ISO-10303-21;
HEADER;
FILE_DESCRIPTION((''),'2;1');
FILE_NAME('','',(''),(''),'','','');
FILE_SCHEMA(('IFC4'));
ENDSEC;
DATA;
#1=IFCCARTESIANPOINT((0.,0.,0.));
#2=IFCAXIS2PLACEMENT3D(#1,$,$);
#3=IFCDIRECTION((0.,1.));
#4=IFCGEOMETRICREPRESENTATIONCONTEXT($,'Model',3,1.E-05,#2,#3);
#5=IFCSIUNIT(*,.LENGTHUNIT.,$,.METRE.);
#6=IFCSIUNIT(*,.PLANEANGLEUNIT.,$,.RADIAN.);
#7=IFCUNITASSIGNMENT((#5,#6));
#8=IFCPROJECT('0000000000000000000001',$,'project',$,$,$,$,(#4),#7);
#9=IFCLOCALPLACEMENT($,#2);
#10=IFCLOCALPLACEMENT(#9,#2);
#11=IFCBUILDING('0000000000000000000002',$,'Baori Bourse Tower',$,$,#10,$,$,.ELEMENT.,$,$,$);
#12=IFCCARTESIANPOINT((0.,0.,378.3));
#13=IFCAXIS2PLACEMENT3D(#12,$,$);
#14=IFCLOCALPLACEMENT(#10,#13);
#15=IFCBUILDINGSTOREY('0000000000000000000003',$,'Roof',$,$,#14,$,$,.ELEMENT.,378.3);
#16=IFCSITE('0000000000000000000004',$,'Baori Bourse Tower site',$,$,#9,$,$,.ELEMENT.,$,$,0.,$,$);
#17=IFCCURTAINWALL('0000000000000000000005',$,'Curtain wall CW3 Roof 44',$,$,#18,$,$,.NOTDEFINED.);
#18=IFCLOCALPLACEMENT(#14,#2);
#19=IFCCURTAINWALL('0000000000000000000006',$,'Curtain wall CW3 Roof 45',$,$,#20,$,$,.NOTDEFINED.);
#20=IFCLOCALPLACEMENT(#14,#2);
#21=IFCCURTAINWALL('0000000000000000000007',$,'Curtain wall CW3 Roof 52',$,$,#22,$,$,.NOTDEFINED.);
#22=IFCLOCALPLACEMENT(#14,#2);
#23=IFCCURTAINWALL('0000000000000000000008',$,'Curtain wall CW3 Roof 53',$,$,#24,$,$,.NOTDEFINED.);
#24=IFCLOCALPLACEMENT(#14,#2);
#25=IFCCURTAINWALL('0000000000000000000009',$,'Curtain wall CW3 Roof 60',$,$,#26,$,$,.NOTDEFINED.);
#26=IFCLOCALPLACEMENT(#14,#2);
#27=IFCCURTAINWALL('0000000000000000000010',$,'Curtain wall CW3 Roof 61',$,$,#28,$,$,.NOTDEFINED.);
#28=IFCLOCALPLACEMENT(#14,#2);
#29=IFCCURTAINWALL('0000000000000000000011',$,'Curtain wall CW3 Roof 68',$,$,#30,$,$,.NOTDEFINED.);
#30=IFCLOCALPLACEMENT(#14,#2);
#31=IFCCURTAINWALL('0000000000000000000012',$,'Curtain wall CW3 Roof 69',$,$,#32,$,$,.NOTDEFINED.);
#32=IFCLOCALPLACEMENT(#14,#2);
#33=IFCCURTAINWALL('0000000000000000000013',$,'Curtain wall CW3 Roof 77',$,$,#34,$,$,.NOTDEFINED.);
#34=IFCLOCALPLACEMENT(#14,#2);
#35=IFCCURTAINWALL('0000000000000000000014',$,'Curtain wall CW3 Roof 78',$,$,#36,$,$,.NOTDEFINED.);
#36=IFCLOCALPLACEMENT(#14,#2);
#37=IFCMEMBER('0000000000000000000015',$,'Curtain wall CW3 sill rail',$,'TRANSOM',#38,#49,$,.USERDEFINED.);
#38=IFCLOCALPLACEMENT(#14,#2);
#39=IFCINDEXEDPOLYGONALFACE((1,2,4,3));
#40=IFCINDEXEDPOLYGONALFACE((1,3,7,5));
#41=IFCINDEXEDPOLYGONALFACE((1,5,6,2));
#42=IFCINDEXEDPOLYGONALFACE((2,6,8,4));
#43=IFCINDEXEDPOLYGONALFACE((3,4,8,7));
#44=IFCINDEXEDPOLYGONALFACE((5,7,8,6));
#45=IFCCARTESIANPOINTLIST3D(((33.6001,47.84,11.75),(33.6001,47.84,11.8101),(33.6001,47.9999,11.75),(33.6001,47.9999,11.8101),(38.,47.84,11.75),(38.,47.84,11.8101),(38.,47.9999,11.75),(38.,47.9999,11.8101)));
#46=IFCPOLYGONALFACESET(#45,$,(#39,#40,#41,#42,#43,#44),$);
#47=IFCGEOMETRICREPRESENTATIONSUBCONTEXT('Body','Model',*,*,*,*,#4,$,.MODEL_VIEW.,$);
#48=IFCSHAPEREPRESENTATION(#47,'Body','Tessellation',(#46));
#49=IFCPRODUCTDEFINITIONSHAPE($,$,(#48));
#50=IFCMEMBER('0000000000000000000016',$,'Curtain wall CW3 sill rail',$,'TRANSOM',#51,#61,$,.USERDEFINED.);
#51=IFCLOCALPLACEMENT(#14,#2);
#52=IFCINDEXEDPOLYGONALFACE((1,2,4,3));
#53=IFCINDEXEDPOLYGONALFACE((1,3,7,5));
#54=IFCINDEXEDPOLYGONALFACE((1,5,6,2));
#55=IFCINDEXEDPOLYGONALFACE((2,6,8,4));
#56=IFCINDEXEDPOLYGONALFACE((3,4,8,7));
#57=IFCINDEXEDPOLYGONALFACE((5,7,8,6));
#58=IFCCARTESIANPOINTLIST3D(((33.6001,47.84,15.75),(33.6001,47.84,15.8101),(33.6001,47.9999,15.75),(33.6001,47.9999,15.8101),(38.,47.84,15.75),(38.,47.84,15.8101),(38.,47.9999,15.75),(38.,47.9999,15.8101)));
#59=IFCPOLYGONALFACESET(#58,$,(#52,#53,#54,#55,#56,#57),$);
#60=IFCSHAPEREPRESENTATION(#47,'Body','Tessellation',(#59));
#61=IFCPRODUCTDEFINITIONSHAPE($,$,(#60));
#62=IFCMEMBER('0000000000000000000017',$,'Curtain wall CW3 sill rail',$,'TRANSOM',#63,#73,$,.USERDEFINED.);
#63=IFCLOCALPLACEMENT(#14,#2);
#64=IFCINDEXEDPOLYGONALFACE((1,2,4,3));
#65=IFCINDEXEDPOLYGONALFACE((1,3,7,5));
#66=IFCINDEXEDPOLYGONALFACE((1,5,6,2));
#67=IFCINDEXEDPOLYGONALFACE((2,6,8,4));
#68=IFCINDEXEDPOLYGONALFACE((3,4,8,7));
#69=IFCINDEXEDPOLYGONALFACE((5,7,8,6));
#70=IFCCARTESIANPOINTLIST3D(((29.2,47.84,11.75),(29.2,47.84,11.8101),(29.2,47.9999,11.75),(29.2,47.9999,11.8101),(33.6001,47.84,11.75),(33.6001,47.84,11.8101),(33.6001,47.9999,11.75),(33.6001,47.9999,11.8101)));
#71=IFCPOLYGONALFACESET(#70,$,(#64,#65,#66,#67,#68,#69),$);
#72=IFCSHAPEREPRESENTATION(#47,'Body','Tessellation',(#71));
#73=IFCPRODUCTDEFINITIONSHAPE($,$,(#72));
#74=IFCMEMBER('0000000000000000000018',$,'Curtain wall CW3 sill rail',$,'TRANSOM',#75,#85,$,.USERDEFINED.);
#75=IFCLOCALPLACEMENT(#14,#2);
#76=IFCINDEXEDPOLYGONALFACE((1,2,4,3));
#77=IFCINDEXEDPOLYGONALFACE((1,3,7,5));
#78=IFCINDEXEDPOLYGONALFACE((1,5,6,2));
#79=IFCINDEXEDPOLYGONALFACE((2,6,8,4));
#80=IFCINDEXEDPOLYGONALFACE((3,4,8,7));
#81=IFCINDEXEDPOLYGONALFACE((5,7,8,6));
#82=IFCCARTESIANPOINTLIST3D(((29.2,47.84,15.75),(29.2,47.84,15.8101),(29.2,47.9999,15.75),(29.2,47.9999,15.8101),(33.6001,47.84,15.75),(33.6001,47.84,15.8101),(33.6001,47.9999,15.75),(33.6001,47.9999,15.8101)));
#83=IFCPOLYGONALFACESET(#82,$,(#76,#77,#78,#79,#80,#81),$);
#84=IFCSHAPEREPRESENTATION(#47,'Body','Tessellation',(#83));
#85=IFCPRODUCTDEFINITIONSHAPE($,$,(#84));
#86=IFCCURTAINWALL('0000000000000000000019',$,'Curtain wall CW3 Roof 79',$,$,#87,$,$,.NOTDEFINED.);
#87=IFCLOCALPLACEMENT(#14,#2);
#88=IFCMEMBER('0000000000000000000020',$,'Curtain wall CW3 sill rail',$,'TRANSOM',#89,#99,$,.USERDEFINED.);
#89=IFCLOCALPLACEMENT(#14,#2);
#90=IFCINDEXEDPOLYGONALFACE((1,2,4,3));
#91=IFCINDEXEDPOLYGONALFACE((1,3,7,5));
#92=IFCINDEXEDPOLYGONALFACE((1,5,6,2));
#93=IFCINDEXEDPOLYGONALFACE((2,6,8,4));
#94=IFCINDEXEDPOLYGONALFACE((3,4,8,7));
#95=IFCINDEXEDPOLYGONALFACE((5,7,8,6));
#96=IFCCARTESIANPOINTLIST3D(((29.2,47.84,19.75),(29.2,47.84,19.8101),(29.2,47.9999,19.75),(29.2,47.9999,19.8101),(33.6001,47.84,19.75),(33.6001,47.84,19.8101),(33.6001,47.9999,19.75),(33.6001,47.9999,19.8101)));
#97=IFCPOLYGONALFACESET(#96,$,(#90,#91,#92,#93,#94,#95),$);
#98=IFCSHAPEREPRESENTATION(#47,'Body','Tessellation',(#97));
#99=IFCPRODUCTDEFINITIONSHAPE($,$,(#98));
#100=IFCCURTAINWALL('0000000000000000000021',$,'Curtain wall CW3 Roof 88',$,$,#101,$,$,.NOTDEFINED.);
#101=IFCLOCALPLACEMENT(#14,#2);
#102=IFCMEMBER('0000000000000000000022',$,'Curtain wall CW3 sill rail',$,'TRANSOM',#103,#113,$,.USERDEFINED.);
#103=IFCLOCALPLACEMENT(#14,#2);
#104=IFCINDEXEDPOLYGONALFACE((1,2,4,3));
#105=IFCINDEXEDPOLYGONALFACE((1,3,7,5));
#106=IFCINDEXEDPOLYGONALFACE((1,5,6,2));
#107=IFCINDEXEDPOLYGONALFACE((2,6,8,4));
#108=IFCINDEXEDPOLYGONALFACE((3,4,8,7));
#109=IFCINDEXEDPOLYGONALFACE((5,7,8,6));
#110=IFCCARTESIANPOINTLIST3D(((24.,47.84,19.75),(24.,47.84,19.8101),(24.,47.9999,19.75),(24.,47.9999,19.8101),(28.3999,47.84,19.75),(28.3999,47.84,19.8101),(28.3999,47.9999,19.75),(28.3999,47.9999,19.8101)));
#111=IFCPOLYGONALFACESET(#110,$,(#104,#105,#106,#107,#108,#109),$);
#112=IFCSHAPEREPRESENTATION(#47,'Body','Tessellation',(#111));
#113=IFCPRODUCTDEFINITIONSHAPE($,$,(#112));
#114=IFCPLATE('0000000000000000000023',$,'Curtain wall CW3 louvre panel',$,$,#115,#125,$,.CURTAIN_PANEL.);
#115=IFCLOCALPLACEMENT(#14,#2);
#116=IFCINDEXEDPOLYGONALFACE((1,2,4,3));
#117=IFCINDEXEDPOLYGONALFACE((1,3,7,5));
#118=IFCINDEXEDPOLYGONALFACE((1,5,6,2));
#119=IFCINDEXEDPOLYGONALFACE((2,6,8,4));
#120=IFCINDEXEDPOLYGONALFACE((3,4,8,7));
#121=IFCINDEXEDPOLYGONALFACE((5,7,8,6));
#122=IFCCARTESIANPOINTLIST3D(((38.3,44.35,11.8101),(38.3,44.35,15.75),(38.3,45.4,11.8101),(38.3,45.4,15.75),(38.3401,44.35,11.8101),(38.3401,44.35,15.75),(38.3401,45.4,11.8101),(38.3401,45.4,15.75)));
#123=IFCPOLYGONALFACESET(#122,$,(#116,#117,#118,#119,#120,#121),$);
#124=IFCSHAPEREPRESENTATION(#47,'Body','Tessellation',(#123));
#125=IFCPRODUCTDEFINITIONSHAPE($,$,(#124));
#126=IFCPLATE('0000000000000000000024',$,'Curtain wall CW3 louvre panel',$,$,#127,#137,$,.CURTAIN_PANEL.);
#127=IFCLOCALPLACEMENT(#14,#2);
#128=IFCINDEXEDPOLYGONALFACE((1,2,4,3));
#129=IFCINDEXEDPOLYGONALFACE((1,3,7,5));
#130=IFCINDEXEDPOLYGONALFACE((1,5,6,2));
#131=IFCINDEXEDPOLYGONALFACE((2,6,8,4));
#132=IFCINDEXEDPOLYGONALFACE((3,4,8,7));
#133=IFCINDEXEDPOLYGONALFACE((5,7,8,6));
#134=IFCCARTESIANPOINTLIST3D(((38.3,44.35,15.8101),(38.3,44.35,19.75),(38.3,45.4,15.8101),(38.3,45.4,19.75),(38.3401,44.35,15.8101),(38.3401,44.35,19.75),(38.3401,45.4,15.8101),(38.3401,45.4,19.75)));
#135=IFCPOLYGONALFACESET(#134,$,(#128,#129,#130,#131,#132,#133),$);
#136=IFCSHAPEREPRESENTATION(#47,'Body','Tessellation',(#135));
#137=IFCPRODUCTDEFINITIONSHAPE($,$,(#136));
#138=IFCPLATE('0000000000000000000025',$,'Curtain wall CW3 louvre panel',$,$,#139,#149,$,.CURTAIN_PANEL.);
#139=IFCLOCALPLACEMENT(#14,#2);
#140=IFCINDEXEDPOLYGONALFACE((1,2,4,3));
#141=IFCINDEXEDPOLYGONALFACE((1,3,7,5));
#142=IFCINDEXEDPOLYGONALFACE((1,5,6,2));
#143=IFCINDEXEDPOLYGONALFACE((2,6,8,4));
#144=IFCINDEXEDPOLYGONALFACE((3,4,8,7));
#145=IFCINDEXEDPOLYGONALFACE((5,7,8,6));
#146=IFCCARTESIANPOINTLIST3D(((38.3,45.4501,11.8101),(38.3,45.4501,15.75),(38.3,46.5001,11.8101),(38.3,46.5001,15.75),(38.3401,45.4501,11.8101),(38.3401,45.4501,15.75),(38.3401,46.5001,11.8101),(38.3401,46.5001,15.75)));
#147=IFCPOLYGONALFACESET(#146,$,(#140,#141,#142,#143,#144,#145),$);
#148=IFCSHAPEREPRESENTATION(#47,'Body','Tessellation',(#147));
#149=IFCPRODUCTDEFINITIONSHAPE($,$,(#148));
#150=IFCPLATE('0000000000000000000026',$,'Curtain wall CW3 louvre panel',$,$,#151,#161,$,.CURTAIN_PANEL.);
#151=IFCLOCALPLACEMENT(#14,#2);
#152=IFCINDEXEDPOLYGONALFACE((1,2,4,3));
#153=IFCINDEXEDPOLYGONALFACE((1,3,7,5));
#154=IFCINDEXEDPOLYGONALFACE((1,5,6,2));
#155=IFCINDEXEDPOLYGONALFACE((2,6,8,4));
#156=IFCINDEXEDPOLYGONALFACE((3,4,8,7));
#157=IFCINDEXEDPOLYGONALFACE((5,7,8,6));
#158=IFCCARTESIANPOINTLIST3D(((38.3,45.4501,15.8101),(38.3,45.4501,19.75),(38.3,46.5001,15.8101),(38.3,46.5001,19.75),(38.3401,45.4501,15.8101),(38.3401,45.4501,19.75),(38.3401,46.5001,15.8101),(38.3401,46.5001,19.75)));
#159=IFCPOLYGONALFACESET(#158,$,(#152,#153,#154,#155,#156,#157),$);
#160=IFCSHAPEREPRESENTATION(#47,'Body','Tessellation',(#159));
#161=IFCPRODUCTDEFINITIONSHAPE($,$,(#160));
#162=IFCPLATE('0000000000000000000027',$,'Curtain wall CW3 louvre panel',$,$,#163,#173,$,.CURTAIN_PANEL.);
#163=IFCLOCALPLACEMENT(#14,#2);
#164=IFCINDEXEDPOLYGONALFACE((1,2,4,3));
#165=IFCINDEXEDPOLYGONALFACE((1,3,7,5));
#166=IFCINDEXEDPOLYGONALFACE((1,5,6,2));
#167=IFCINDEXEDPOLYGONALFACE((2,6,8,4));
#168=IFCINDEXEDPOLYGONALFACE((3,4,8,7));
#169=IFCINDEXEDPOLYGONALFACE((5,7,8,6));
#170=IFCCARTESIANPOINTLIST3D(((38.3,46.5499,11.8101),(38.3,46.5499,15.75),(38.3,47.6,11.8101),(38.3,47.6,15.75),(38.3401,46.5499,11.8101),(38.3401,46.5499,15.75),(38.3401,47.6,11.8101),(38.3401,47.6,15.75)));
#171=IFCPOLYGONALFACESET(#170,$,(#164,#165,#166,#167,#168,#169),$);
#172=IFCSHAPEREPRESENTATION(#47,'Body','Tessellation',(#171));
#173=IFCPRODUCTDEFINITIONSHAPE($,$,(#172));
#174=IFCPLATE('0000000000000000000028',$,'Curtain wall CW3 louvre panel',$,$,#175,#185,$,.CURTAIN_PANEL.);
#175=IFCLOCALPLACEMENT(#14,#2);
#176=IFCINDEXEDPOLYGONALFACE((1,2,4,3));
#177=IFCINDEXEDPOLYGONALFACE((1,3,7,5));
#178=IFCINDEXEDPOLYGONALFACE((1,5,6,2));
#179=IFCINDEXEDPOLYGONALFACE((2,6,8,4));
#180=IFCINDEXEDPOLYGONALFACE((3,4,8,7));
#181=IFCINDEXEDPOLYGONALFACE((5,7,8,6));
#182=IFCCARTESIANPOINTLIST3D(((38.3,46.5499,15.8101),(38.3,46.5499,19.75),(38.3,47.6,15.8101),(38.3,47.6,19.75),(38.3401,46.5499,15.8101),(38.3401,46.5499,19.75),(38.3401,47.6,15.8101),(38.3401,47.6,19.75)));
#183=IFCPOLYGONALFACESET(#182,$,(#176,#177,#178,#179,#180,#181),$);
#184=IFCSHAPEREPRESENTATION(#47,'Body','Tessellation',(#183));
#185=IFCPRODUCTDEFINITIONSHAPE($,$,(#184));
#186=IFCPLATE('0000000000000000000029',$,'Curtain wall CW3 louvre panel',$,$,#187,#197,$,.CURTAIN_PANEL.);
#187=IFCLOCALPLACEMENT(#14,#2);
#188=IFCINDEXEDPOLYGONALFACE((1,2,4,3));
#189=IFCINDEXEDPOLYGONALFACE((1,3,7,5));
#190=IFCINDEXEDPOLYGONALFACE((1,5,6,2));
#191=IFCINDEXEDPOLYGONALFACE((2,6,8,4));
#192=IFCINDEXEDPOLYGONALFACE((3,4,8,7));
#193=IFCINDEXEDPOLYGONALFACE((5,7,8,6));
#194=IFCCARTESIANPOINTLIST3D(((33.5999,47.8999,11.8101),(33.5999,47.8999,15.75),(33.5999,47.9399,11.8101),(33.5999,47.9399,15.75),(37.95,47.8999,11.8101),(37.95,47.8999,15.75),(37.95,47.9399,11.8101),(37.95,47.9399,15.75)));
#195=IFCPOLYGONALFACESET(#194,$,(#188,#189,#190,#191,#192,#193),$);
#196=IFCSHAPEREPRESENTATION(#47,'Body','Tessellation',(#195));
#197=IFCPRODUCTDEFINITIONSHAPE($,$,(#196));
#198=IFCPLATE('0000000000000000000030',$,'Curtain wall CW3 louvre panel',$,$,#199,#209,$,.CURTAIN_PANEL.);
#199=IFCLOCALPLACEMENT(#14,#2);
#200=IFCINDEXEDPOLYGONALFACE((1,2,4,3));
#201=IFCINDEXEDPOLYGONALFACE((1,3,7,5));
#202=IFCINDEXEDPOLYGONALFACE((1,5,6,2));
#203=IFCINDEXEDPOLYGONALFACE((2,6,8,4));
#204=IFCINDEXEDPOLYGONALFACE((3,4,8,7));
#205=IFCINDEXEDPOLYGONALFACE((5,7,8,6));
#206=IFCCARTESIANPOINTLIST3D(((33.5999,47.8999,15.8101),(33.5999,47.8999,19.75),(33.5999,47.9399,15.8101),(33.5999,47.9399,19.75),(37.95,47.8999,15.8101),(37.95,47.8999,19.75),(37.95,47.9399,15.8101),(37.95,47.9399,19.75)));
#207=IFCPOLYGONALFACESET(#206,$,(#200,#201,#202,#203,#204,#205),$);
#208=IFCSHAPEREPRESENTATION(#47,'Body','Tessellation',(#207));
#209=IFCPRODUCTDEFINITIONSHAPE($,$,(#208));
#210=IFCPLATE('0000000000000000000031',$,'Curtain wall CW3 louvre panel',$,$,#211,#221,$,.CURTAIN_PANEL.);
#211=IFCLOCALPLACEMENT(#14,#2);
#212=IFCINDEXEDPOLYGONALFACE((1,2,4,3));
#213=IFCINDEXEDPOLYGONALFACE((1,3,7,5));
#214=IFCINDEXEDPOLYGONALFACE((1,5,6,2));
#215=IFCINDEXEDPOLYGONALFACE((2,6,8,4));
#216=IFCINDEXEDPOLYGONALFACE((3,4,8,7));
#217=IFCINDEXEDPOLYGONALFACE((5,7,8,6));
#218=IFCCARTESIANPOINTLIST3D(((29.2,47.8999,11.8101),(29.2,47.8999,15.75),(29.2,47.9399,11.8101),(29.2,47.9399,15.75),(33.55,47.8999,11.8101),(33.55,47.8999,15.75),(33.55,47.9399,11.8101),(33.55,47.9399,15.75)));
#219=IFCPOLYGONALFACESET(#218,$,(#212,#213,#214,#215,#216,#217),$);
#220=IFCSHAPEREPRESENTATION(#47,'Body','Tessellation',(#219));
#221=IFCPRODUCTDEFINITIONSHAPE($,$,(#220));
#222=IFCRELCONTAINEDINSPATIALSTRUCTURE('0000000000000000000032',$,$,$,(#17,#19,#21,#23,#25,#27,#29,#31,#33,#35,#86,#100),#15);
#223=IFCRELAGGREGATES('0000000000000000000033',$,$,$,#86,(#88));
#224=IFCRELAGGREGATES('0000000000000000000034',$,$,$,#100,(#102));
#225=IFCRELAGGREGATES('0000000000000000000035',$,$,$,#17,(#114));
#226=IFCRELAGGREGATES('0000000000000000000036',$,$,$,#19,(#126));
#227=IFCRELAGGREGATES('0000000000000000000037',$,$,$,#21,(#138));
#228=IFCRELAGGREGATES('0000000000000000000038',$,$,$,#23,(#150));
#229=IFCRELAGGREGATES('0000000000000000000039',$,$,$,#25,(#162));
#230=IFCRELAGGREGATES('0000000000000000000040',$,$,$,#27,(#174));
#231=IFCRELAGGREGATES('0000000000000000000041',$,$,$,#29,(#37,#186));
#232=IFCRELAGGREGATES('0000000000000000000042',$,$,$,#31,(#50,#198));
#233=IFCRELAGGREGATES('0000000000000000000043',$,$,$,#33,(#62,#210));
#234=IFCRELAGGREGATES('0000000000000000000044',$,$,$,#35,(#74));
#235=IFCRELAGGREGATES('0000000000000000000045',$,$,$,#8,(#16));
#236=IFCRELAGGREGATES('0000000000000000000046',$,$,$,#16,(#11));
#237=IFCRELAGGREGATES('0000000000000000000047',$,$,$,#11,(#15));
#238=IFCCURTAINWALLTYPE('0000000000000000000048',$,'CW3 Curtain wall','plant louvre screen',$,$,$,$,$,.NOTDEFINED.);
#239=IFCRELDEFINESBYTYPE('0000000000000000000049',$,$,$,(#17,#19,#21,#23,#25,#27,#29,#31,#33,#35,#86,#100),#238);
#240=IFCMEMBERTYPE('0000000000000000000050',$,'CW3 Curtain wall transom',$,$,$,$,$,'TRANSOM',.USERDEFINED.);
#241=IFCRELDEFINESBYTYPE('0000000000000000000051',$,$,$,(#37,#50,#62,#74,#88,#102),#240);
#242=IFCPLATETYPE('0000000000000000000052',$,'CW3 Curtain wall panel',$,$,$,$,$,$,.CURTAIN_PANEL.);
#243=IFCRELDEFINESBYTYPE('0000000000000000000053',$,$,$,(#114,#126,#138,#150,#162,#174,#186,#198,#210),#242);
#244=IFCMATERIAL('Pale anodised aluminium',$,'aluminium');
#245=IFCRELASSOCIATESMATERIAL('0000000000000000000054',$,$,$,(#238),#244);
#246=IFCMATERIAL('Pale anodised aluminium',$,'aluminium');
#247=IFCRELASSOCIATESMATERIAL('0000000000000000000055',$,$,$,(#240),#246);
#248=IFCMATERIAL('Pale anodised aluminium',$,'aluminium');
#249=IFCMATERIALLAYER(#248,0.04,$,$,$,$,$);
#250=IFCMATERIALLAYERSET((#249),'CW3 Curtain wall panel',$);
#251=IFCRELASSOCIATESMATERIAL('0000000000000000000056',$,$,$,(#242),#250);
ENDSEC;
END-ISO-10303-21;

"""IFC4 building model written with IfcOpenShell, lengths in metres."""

from ifc_helpers import new_model, si_unit, direction, frame, origin, origin_2d, place, context, subcontext, project, spatial, rectangle, extrude, material, layer, layer_set, material_profile, profile_set, type_object, element, aggregate, save


model = new_model("IFC4")

# Units and contexts
model_context = context("Model", 3, precision=1e-05, world=origin(), true_north=direction((0.0, 1.0)))
body_context = subcontext(model_context, "Body", "Model", "MODEL_VIEW")
ifc_project = project(units=[si_unit("LENGTHUNIT", "METRE"), si_unit("PLANEANGLEUNIT", "RADIAN")], contexts=[model_context])

# Site, building, storey
site_placement = place(None, origin())
site = spatial("IfcSite", under=ifc_project, at=site_placement, Name="Baori Bourse Tower site", CompositionType="ELEMENT", RefElevation=0.0)
building_placement = place(site_placement, origin())
building = spatial("IfcBuilding", under=site, at=building_placement, Name="Baori Bourse Tower", CompositionType="ELEMENT")
storey_placement = place(building_placement, frame((0.0, 0.0, 378.3)))
storey = spatial("IfcBuildingStorey", under=building, at=storey_placement, Name="Roof", CompositionType="ELEMENT", Elevation=378.3)

# Curtain walls
ifc_material_1 = material(Name="Pale anodised aluminium", Category="aluminium")
curtain_wall_type = type_object("IfcCurtainWallType", Name="CW3 Curtain wall", Description="plant louvre screen", PredefinedType="NOTDEFINED", material=ifc_material_1)
curtain_wall_1_placement = place(storey_placement, origin())
curtain_wall_1 = element("IfcCurtainWall", 1, at=curtain_wall_1_placement, inside=storey, type_object=curtain_wall_type, Name="Curtain wall CW3 Roof 44", PredefinedType="NOTDEFINED")
curtain_wall_2_placement = place(storey_placement, origin())
curtain_wall_2 = element("IfcCurtainWall", 2, at=curtain_wall_2_placement, inside=storey, type_object=curtain_wall_type, Name="Curtain wall CW3 Roof 45", PredefinedType="NOTDEFINED")
curtain_wall_3_placement = place(storey_placement, origin())
curtain_wall_3 = element("IfcCurtainWall", 3, at=curtain_wall_3_placement, inside=storey, type_object=curtain_wall_type, Name="Curtain wall CW3 Roof 52", PredefinedType="NOTDEFINED")
curtain_wall_4_placement = place(storey_placement, origin())
curtain_wall_4 = element("IfcCurtainWall", 4, at=curtain_wall_4_placement, inside=storey, type_object=curtain_wall_type, Name="Curtain wall CW3 Roof 53", PredefinedType="NOTDEFINED")
curtain_wall_5_placement = place(storey_placement, origin())
curtain_wall_5 = element("IfcCurtainWall", 5, at=curtain_wall_5_placement, inside=storey, type_object=curtain_wall_type, Name="Curtain wall CW3 Roof 60", PredefinedType="NOTDEFINED")
curtain_wall_6_placement = place(storey_placement, origin())
curtain_wall_6 = element("IfcCurtainWall", 6, at=curtain_wall_6_placement, inside=storey, type_object=curtain_wall_type, Name="Curtain wall CW3 Roof 61", PredefinedType="NOTDEFINED")
curtain_wall_7_placement = place(storey_placement, origin())
curtain_wall_7 = element("IfcCurtainWall", 7, at=curtain_wall_7_placement, inside=storey, type_object=curtain_wall_type, Name="Curtain wall CW3 Roof 68", PredefinedType="NOTDEFINED")
curtain_wall_8_placement = place(storey_placement, origin())
curtain_wall_8 = element("IfcCurtainWall", 8, at=curtain_wall_8_placement, inside=storey, type_object=curtain_wall_type, Name="Curtain wall CW3 Roof 69", PredefinedType="NOTDEFINED")
curtain_wall_9_placement = place(storey_placement, origin())
curtain_wall_9 = element("IfcCurtainWall", 9, at=curtain_wall_9_placement, inside=storey, type_object=curtain_wall_type, Name="Curtain wall CW3 Roof 77", PredefinedType="NOTDEFINED")
curtain_wall_10_placement = place(storey_placement, origin())
curtain_wall_10 = element("IfcCurtainWall", 10, at=curtain_wall_10_placement, inside=storey, type_object=curtain_wall_type, Name="Curtain wall CW3 Roof 78", PredefinedType="NOTDEFINED")

# Members
ifc_material_2 = material(Name="Pale anodised aluminium", Category="aluminium")
ifc_material_profile_1 = material_profile(ifc_material_2, rectangle(XDim=0.1599, YDim=0.0601, at=origin_2d()), Name="Transom 60x160")
ifc_profile_set_1 = profile_set([ifc_material_profile_1], Name="Pale anodised aluminium")
member_type_1 = type_object("IfcMemberType", Name="CW3 Curtain wall transom", ElementType="TRANSOM", PredefinedType="USERDEFINED", material=ifc_profile_set_1)
member_1_placement = place(storey_placement, frame((38.0, 47.9199, 11.78), z_axis=(-1.0, 0.0, 0.0), x_axis=(0.0, -1.0, 0.0)))
member_1 = element("IfcMember", 11, at=member_1_placement, type_object=member_type_1, Name="Curtain wall CW3 sill rail", ObjectType="TRANSOM", PredefinedType="USERDEFINED", context=body_context, shape_type="SweptSolid", body=[
    extrude(rectangle(XDim=0.1599, YDim=0.0601, at=origin_2d()), origin(), (0.0, 0.0, 1.0), 4.3999),
])
member_2_placement = place(storey_placement, frame((38.0, 47.9199, 15.78), z_axis=(-1.0, 0.0, 0.0), x_axis=(0.0, -1.0, 0.0)))
member_2 = element("IfcMember", 12, at=member_2_placement, type_object=member_type_1, Name="Curtain wall CW3 sill rail", ObjectType="TRANSOM", PredefinedType="USERDEFINED", context=body_context, shape_type="SweptSolid", body=[
    extrude(rectangle(XDim=0.1599, YDim=0.0601, at=origin_2d()), origin(), (0.0, 0.0, 1.0), 4.3999),
])
member_3_placement = place(storey_placement, frame((33.6001, 47.9199, 11.78), z_axis=(-1.0, 0.0, 0.0), x_axis=(0.0, -1.0, 0.0)))
member_3 = element("IfcMember", 13, at=member_3_placement, type_object=member_type_1, Name="Curtain wall CW3 sill rail", ObjectType="TRANSOM", PredefinedType="USERDEFINED", context=body_context, shape_type="SweptSolid", body=[
    extrude(rectangle(XDim=0.1599, YDim=0.0601, at=origin_2d()), origin(), (0.0, 0.0, 1.0), 4.4001),
])
member_4_placement = place(storey_placement, frame((33.6001, 47.9199, 15.78), z_axis=(-1.0, 0.0, 0.0), x_axis=(0.0, -1.0, 0.0)))
member_4 = element("IfcMember", 14, at=member_4_placement, type_object=member_type_1, Name="Curtain wall CW3 sill rail", ObjectType="TRANSOM", PredefinedType="USERDEFINED", context=body_context, shape_type="SweptSolid", body=[
    extrude(rectangle(XDim=0.1599, YDim=0.0601, at=origin_2d()), origin(), (0.0, 0.0, 1.0), 4.4001),
])

# Curtain walls, members
curtain_wall_11_placement = place(storey_placement, origin())
curtain_wall_11 = element("IfcCurtainWall", 15, at=curtain_wall_11_placement, inside=storey, type_object=curtain_wall_type, Name="Curtain wall CW3 Roof 79", PredefinedType="NOTDEFINED")
member_5_placement = place(storey_placement, frame((33.6001, 47.9199, 19.78), z_axis=(-1.0, 0.0, 0.0), x_axis=(0.0, -1.0, 0.0)))
member_5 = element("IfcMember", 16, at=member_5_placement, type_object=member_type_1, Name="Curtain wall CW3 sill rail", ObjectType="TRANSOM", PredefinedType="USERDEFINED", context=body_context, shape_type="SweptSolid", body=[
    extrude(rectangle(XDim=0.1599, YDim=0.0601, at=origin_2d()), origin(), (0.0, 0.0, 1.0), 4.4001),
])
aggregate(curtain_wall_11, [member_5])
curtain_wall_12_placement = place(storey_placement, origin())
curtain_wall_12 = element("IfcCurtainWall", 17, at=curtain_wall_12_placement, inside=storey, type_object=curtain_wall_type, Name="Curtain wall CW3 Roof 88", PredefinedType="NOTDEFINED")
member_6_placement = place(storey_placement, frame((28.3999, 47.9199, 19.78), z_axis=(-1.0, 0.0, 0.0), x_axis=(0.0, -1.0, 0.0)))
member_6 = element("IfcMember", 18, at=member_6_placement, type_object=member_type_1, Name="Curtain wall CW3 sill rail", ObjectType="TRANSOM", PredefinedType="USERDEFINED", context=body_context, shape_type="SweptSolid", body=[
    extrude(rectangle(XDim=0.1599, YDim=0.0601, at=origin_2d()), origin(), (0.0, 0.0, 1.0), 4.3999),
])
aggregate(curtain_wall_12, [member_6])

# Plates
ifc_material_3 = material(Name="Pale anodised aluminium", Category="aluminium")
ifc_layer = layer(ifc_material_3, 0.04)
ifc_layer_set = layer_set([ifc_layer], Name="CW3 Curtain wall panel")
plate_type = type_object("IfcPlateType", Name="CW3 Curtain wall panel", PredefinedType="CURTAIN_PANEL", material=ifc_layer_set)
plate_1_placement = place(storey_placement, frame((38.3201, 44.875, 11.8101), z_axis=(0.0, 0.0, 1.0), x_axis=(0.0, 1.0, 0.0)))
plate_1 = element("IfcPlate", 19, at=plate_1_placement, type_object=plate_type, Name="Curtain wall CW3 louvre panel", PredefinedType="CURTAIN_PANEL", context=body_context, shape_type="SweptSolid", body=[
    extrude(rectangle(XDim=1.05, YDim=0.04, at=origin_2d()), origin(), (0.0, 0.0, 1.0), 3.9399),
])
aggregate(curtain_wall_1, [plate_1])
plate_2_placement = place(storey_placement, frame((38.3201, 44.875, 15.8101), z_axis=(0.0, 0.0, 1.0), x_axis=(0.0, 1.0, 0.0)))
plate_2 = element("IfcPlate", 20, at=plate_2_placement, type_object=plate_type, Name="Curtain wall CW3 louvre panel", PredefinedType="CURTAIN_PANEL", context=body_context, shape_type="SweptSolid", body=[
    extrude(rectangle(XDim=1.05, YDim=0.04, at=origin_2d()), origin(), (0.0, 0.0, 1.0), 3.9399),
])
aggregate(curtain_wall_2, [plate_2])
plate_3_placement = place(storey_placement, frame((38.3201, 45.9751, 11.8101), z_axis=(0.0, 0.0, 1.0), x_axis=(0.0, 1.0, 0.0)))
plate_3 = element("IfcPlate", 21, at=plate_3_placement, type_object=plate_type, Name="Curtain wall CW3 louvre panel", PredefinedType="CURTAIN_PANEL", context=body_context, shape_type="SweptSolid", body=[
    extrude(rectangle(XDim=1.05, YDim=0.04, at=origin_2d()), origin(), (0.0, 0.0, 1.0), 3.9399),
])
aggregate(curtain_wall_3, [plate_3])
plate_4_placement = place(storey_placement, frame((38.3201, 45.9751, 15.8101), z_axis=(0.0, 0.0, 1.0), x_axis=(0.0, 1.0, 0.0)))
plate_4 = element("IfcPlate", 22, at=plate_4_placement, type_object=plate_type, Name="Curtain wall CW3 louvre panel", PredefinedType="CURTAIN_PANEL", context=body_context, shape_type="SweptSolid", body=[
    extrude(rectangle(XDim=1.05, YDim=0.04, at=origin_2d()), origin(), (0.0, 0.0, 1.0), 3.9399),
])
aggregate(curtain_wall_4, [plate_4])
plate_5_placement = place(storey_placement, frame((38.3201, 47.075, 11.8101), z_axis=(0.0, 0.0, 1.0), x_axis=(0.0, 1.0, 0.0)))
plate_5 = element("IfcPlate", 23, at=plate_5_placement, type_object=plate_type, Name="Curtain wall CW3 louvre panel", PredefinedType="CURTAIN_PANEL", context=body_context, shape_type="SweptSolid", body=[
    extrude(rectangle(XDim=1.05, YDim=0.04, at=origin_2d()), origin(), (0.0, 0.0, 1.0), 3.9399),
])
aggregate(curtain_wall_5, [plate_5])
plate_6_placement = place(storey_placement, frame((38.3201, 47.075, 15.8101), z_axis=(0.0, 0.0, 1.0), x_axis=(0.0, 1.0, 0.0)))
plate_6 = element("IfcPlate", 24, at=plate_6_placement, type_object=plate_type, Name="Curtain wall CW3 louvre panel", PredefinedType="CURTAIN_PANEL", context=body_context, shape_type="SweptSolid", body=[
    extrude(rectangle(XDim=1.05, YDim=0.04, at=origin_2d()), origin(), (0.0, 0.0, 1.0), 3.9399),
])
aggregate(curtain_wall_6, [plate_6])
plate_7_placement = place(storey_placement, frame((35.7749, 47.9199, 11.8101), z_axis=(0.0, 0.0, 1.0), x_axis=(-1.0, 0.0, 0.0)))
plate_7 = element("IfcPlate", 25, at=plate_7_placement, type_object=plate_type, Name="Curtain wall CW3 louvre panel", PredefinedType="CURTAIN_PANEL", context=body_context, shape_type="SweptSolid", body=[
    extrude(rectangle(XDim=4.3501, YDim=0.04, at=origin_2d()), origin(), (0.0, 0.0, 1.0), 3.9399),
])
aggregate(curtain_wall_7, [member_1, plate_7])
plate_8_placement = place(storey_placement, frame((35.7749, 47.9199, 15.8101), z_axis=(0.0, 0.0, 1.0), x_axis=(-1.0, 0.0, 0.0)))
plate_8 = element("IfcPlate", 26, at=plate_8_placement, type_object=plate_type, Name="Curtain wall CW3 louvre panel", PredefinedType="CURTAIN_PANEL", context=body_context, shape_type="SweptSolid", body=[
    extrude(rectangle(XDim=4.3501, YDim=0.04, at=origin_2d()), origin(), (0.0, 0.0, 1.0), 3.9399),
])
aggregate(curtain_wall_8, [member_2, plate_8])
plate_9_placement = place(storey_placement, frame((31.375, 47.9199, 11.8101), z_axis=(0.0, 0.0, 1.0), x_axis=(-1.0, 0.0, 0.0)))
plate_9 = element("IfcPlate", 27, at=plate_9_placement, type_object=plate_type, Name="Curtain wall CW3 louvre panel", PredefinedType="CURTAIN_PANEL", context=body_context, shape_type="SweptSolid", body=[
    extrude(rectangle(XDim=4.3501, YDim=0.04, at=origin_2d()), origin(), (0.0, 0.0, 1.0), 3.9399),
])
aggregate(curtain_wall_9, [member_3, plate_9])
aggregate(curtain_wall_10, [member_4])

save(model, "model.ifc")
